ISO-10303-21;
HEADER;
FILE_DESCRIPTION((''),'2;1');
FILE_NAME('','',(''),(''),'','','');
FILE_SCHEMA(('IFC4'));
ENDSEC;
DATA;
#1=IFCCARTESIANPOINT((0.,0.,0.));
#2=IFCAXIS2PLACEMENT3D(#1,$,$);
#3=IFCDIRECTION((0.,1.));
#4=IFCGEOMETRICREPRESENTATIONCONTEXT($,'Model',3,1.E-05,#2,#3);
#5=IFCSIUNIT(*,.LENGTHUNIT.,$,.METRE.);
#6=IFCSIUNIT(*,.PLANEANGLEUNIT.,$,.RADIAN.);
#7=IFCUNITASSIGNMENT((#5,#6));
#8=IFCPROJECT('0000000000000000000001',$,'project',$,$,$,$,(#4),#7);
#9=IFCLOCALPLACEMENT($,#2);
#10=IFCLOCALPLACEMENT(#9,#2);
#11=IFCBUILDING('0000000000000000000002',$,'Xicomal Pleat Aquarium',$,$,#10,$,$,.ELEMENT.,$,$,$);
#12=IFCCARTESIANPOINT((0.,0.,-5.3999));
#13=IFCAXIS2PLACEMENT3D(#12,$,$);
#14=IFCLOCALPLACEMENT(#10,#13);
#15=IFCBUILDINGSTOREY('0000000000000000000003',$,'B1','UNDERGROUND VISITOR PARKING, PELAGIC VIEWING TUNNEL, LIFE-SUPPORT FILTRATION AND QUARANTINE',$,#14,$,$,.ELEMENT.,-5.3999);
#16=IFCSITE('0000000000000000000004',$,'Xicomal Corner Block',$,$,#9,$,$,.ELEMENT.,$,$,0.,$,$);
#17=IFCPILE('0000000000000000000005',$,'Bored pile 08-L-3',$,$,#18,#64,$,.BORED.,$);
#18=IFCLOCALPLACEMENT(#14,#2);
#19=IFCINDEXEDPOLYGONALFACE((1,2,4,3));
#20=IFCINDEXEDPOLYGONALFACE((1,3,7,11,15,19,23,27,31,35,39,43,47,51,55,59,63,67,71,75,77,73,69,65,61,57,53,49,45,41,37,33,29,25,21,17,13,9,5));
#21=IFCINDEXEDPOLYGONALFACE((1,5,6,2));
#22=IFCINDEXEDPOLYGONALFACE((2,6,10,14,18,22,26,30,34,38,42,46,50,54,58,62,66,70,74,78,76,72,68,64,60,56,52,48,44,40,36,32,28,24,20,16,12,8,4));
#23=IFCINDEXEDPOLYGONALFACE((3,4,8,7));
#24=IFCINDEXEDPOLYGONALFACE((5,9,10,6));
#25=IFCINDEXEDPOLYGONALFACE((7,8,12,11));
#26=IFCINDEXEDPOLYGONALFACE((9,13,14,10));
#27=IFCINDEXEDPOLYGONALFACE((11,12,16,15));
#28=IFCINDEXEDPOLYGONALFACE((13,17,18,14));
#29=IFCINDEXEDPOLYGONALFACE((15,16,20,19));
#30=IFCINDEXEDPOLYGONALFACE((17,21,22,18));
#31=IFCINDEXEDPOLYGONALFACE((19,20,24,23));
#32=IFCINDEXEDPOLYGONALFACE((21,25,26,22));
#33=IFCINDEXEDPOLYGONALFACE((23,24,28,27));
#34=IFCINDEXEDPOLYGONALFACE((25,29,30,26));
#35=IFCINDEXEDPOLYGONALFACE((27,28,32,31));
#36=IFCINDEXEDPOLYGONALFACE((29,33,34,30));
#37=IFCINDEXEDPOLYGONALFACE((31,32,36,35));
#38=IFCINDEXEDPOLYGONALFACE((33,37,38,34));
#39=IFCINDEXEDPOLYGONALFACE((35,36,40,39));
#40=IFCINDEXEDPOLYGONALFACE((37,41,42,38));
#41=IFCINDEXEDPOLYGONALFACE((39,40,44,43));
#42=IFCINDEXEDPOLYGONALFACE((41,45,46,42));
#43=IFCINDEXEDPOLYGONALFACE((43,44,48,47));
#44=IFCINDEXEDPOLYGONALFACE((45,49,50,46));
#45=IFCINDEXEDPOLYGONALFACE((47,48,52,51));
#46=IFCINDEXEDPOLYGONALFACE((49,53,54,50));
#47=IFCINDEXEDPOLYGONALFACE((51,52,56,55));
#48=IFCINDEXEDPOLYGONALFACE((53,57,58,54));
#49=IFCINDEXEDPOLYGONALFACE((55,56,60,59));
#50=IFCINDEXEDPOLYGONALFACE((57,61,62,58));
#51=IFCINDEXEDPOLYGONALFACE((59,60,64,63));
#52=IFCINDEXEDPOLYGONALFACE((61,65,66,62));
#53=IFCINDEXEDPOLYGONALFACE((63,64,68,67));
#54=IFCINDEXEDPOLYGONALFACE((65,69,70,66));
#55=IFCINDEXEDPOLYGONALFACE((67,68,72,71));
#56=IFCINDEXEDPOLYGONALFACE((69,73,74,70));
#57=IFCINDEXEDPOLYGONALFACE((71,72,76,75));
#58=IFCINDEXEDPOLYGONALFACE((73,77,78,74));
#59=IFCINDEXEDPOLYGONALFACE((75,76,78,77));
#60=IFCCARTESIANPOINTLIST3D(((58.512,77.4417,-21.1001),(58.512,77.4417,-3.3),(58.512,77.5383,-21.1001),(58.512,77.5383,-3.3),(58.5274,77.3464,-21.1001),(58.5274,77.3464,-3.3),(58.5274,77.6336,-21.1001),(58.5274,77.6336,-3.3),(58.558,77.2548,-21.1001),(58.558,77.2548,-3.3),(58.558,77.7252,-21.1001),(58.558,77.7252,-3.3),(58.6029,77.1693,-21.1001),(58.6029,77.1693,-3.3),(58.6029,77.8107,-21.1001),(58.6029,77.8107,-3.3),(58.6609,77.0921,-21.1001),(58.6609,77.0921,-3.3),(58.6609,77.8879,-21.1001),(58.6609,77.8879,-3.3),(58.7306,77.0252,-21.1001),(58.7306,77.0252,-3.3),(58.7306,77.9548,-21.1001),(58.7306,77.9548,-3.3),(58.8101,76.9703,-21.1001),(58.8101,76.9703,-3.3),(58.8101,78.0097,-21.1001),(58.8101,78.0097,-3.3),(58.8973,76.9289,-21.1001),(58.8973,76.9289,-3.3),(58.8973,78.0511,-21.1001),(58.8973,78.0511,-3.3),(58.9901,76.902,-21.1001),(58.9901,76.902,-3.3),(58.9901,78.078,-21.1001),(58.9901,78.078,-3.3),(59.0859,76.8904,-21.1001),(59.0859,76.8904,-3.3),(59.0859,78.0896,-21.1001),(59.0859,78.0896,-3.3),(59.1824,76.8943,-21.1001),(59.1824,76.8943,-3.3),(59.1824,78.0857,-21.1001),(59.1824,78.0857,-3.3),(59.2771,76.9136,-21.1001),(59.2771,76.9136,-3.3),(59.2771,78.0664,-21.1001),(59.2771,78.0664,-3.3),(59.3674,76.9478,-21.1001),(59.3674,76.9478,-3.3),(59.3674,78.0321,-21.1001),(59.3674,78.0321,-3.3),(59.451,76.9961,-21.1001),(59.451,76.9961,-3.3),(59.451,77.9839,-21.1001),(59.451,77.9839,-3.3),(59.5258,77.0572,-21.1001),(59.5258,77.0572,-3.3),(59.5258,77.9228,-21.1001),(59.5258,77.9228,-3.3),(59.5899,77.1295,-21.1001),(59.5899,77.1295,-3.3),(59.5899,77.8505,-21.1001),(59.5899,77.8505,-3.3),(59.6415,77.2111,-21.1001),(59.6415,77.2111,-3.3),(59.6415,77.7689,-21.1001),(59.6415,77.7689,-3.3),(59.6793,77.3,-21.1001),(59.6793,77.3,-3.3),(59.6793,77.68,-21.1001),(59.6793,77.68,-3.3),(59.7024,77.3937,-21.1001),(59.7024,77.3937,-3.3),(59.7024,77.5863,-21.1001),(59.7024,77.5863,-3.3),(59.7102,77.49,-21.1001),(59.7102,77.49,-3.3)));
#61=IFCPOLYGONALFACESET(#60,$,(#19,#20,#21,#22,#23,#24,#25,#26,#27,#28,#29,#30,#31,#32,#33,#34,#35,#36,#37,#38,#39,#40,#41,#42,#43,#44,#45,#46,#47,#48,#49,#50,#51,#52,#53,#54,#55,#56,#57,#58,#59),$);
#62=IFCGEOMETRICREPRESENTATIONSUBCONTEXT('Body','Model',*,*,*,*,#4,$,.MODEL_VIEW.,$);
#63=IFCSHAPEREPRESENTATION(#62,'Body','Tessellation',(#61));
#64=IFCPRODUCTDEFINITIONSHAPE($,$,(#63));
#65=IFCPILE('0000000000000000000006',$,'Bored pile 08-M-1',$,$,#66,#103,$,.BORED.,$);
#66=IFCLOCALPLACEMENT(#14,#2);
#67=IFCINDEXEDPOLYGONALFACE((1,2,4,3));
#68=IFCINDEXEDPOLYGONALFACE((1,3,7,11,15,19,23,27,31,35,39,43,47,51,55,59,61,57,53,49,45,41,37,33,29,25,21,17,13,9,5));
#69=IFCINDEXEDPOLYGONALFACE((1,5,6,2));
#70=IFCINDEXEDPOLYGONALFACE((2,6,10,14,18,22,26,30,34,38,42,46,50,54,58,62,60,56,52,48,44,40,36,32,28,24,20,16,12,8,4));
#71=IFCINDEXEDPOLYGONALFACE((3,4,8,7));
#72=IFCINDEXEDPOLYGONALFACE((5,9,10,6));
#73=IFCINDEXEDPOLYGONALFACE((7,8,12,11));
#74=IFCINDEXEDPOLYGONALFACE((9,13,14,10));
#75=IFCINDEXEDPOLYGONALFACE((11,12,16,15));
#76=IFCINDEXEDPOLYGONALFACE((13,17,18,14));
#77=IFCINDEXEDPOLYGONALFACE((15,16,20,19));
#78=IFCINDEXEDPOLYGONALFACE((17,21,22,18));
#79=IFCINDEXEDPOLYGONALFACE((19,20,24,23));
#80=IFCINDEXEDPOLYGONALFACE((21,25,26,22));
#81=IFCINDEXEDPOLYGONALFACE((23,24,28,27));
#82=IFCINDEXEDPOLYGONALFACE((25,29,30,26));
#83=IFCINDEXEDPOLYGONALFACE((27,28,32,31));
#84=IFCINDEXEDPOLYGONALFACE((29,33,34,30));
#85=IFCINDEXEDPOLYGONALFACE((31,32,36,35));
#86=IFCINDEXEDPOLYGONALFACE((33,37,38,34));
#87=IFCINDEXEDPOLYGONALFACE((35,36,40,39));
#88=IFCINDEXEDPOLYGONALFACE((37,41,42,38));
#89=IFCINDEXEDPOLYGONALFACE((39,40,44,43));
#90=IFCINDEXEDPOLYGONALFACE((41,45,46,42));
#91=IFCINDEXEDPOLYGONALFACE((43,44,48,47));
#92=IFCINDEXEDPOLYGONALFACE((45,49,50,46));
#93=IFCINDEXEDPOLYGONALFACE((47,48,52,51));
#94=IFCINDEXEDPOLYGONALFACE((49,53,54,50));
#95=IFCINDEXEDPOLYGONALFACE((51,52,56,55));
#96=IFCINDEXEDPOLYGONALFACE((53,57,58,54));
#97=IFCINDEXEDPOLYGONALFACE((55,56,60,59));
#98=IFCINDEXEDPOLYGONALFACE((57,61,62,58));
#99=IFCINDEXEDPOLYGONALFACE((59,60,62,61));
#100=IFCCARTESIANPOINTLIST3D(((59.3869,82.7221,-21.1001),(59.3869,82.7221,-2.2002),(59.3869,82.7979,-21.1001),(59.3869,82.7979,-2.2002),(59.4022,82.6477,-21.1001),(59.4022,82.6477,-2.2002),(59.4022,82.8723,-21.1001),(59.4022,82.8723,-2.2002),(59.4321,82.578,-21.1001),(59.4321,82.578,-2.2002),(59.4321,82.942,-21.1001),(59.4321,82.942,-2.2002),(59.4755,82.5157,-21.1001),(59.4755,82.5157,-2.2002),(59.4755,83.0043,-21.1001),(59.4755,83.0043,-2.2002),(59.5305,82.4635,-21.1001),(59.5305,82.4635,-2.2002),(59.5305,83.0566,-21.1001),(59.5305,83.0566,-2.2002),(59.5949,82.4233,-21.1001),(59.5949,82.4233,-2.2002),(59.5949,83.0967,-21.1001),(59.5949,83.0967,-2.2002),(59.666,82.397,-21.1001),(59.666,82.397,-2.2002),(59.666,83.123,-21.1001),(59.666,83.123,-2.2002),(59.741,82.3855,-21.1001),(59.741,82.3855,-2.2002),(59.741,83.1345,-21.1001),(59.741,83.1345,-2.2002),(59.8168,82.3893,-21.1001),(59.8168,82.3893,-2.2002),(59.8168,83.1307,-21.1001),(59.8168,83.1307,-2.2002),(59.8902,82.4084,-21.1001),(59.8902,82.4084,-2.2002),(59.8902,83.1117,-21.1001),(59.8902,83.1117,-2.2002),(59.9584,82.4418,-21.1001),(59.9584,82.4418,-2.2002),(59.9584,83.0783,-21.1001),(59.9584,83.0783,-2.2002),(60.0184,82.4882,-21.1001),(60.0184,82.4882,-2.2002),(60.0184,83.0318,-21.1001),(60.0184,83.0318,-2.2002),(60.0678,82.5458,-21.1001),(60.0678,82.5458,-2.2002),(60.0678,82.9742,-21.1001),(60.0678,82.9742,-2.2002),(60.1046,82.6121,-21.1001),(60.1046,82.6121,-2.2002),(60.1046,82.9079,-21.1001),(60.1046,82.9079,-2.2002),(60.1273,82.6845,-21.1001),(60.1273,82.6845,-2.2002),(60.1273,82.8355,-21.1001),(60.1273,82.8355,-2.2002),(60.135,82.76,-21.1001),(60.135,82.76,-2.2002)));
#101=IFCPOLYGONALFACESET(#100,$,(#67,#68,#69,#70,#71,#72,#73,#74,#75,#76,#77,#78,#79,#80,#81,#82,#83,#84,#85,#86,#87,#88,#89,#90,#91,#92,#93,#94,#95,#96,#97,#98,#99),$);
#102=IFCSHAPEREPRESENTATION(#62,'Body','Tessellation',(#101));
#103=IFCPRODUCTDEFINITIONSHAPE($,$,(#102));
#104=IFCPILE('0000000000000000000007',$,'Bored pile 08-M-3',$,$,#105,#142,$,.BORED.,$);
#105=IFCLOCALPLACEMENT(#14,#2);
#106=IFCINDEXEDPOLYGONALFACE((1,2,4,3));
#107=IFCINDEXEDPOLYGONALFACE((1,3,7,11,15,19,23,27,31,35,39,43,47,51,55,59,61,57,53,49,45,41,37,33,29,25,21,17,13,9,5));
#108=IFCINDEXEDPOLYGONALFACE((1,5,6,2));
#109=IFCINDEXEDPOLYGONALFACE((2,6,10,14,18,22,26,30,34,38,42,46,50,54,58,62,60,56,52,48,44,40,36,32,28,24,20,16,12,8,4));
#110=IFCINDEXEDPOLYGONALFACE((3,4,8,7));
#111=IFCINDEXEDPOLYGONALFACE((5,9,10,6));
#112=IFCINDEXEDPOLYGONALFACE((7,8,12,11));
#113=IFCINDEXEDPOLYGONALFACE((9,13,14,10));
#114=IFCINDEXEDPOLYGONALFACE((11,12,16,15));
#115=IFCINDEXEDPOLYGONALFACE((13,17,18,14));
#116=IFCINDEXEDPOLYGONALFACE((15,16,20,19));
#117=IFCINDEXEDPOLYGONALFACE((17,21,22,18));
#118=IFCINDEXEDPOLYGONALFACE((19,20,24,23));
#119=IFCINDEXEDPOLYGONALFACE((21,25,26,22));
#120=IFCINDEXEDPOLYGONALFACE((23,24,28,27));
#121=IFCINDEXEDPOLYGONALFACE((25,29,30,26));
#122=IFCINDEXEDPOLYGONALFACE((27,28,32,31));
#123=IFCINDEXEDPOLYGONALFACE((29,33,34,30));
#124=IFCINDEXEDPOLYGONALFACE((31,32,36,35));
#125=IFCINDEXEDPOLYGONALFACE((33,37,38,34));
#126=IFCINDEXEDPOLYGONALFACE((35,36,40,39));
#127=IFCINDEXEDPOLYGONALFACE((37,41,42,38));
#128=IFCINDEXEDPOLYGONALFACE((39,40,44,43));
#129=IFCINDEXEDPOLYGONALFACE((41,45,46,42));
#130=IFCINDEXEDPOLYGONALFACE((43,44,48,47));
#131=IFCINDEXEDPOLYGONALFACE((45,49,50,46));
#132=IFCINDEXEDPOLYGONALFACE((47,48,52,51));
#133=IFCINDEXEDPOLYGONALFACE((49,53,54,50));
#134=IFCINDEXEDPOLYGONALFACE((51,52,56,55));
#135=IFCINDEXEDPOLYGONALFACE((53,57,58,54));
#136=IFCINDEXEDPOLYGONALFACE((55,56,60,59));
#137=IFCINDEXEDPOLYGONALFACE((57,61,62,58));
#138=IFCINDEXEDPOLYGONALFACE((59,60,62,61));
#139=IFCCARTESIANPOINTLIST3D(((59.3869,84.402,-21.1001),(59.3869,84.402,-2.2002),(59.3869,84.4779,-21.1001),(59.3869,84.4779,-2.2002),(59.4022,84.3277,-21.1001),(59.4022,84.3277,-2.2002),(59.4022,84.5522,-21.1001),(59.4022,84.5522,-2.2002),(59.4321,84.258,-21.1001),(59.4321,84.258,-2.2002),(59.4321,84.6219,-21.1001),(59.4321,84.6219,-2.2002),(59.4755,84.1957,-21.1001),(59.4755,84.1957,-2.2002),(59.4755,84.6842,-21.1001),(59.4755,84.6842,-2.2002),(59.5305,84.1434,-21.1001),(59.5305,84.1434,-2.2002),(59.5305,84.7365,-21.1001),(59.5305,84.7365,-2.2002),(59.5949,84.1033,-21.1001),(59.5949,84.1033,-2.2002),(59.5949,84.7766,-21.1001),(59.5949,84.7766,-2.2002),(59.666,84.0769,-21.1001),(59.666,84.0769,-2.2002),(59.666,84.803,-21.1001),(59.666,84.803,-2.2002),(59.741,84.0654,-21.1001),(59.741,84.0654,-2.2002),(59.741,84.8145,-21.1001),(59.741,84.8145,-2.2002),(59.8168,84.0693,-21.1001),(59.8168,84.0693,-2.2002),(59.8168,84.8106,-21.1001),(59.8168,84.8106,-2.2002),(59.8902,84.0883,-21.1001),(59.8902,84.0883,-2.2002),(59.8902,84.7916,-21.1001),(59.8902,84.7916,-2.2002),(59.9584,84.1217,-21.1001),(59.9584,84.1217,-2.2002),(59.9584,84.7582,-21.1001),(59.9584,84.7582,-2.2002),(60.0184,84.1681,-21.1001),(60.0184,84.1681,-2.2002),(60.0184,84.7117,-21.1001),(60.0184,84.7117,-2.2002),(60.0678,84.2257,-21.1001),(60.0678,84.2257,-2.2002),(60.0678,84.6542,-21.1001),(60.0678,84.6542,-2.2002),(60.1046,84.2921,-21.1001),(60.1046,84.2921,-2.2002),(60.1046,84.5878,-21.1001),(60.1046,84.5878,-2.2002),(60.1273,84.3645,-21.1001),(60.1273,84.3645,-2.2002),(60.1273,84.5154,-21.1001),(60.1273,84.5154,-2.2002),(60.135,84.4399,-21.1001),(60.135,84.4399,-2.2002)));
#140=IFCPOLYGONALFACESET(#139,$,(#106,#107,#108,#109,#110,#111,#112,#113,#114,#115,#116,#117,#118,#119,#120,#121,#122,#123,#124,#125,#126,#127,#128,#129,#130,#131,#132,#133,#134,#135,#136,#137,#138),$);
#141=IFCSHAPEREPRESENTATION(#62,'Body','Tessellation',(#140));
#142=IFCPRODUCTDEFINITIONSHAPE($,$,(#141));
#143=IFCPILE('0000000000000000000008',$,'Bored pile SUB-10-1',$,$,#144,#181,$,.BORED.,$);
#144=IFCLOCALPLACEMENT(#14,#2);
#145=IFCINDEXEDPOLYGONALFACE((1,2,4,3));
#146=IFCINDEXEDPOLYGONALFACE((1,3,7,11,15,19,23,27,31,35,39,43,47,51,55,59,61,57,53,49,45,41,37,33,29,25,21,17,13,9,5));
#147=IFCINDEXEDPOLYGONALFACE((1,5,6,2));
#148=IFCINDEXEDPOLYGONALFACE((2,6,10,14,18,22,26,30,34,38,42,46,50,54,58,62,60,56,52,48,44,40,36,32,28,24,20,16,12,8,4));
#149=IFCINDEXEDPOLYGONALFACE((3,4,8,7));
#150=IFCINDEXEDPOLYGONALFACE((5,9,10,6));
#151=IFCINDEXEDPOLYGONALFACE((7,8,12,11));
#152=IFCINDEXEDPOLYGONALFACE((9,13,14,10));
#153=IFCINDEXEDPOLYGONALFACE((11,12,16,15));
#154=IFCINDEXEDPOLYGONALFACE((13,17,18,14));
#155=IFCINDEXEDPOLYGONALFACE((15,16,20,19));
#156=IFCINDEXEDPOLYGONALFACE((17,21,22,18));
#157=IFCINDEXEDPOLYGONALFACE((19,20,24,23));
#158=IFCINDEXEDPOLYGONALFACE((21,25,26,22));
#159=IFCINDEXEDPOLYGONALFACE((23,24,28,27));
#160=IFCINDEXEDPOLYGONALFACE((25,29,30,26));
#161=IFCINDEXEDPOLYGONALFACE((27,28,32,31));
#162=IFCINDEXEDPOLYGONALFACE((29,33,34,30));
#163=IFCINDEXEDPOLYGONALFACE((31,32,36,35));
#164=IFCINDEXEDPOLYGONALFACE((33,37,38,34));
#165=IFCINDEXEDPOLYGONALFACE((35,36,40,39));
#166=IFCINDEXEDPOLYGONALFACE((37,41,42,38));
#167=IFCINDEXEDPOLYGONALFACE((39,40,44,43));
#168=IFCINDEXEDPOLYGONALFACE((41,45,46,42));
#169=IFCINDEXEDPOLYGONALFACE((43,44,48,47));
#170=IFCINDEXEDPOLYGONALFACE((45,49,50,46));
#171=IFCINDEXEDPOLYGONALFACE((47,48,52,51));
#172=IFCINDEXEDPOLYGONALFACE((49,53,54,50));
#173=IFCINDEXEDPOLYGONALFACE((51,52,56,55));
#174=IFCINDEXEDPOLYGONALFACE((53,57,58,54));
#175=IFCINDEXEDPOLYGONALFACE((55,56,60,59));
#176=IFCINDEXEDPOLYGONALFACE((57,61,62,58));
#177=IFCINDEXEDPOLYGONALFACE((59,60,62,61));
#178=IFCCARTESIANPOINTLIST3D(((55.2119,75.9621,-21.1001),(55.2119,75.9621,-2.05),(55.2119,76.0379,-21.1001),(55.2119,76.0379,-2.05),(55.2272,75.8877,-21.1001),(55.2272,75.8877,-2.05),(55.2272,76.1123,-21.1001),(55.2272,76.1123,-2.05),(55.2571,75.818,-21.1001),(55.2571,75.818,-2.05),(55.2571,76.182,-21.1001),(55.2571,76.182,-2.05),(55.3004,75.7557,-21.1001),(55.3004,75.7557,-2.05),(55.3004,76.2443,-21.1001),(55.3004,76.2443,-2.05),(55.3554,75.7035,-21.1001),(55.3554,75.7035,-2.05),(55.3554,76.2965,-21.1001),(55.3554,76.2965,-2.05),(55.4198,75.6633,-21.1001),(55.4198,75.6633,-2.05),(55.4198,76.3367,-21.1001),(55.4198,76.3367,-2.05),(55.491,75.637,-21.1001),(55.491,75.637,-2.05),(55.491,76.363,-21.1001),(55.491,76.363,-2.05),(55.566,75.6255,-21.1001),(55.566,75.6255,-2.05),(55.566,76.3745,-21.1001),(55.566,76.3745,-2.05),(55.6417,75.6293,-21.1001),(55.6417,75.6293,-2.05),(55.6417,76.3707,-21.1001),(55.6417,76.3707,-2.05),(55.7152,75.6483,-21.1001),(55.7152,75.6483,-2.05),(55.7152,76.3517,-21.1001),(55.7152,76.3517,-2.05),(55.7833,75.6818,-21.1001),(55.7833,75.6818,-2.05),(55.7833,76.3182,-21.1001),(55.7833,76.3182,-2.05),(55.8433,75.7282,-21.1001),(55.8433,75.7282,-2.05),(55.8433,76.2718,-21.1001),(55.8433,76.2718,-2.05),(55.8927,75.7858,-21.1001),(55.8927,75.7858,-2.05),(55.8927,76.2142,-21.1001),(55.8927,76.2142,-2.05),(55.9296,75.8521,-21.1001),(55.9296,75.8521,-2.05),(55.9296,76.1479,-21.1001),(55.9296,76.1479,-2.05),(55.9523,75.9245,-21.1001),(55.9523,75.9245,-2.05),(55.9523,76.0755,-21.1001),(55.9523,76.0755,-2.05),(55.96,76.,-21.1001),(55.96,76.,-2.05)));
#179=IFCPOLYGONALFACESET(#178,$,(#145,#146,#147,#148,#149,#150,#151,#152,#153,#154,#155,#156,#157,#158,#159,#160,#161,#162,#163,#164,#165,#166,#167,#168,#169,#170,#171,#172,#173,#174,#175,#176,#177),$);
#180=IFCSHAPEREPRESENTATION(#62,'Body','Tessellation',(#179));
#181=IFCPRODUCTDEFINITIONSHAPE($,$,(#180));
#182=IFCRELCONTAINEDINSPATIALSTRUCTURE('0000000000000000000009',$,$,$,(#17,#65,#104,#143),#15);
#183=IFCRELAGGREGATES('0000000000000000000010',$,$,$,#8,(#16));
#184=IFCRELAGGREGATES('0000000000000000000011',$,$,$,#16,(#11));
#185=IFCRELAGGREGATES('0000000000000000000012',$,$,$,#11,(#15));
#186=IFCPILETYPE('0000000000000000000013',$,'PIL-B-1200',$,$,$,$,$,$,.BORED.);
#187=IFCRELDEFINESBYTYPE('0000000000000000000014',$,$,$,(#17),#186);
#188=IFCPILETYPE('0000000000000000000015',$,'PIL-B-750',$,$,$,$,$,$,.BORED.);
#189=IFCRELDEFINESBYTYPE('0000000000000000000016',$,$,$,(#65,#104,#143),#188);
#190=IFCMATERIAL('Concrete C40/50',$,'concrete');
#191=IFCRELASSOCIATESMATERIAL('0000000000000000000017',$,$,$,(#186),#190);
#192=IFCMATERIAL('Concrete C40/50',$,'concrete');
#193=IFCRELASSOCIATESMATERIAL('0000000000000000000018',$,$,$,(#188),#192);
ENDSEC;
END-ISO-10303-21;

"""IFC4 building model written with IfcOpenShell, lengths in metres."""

from ifc_helpers import new_model, si_unit, direction, frame, origin, origin_2d, place, context, subcontext, project, spatial, circle, extrude, material, material_profile, profile_set, type_object, element, save


model = new_model("IFC4")

# Units and contexts
model_context = context("Model", 3, precision=1e-05, world=origin(), true_north=direction((0.0, 1.0)))
body_context = subcontext(model_context, "Body", "Model", "MODEL_VIEW")
ifc_project = project(units=[si_unit("LENGTHUNIT", "METRE"), si_unit("PLANEANGLEUNIT", "RADIAN")], contexts=[model_context])

# Site, building, storey
site_placement = place(None, origin())
site = spatial("IfcSite", under=ifc_project, at=site_placement, Name="Xicomal Corner Block", CompositionType="ELEMENT", RefElevation=0.0)
building_placement = place(site_placement, origin())
building = spatial("IfcBuilding", under=site, at=building_placement, Name="Xicomal Pleat Aquarium", CompositionType="ELEMENT")
storey_placement = place(building_placement, frame((0.0, 0.0, -5.3999)))
storey = spatial("IfcBuildingStorey", under=building, at=storey_placement, Name="B1", Description="UNDERGROUND VISITOR PARKING, PELAGIC VIEWING TUNNEL, LIFE-SUPPORT FILTRATION AND QUARANTINE", CompositionType="ELEMENT", Elevation=-5.3999)

# Piles
ifc_material_1 = material(Name="Concrete C40/50", Category="concrete")
ifc_material_profile_1 = material_profile(ifc_material_1, circle(Radius=0.6001, at=origin_2d()), Name="BORED PILE D1200")
ifc_profile_set_1 = profile_set([ifc_material_profile_1], Name="Concrete C40/50")
pile_type_1 = type_object("IfcPileType", Name="PIL-B-1200", PredefinedType="BORED", material=ifc_profile_set_1)
for number, where, z_axis, x_axis, name in (
    (1, (59.1101, 77.49, -3.3), (0.0, 0.0, -1.0), (1.0, 0.0, 0.0), "Bored pile 08-L-3"),
):
    element("IfcPile", number, at=place(storey_placement, frame(where, z_axis=z_axis, x_axis=x_axis)), inside=storey, type_object=pile_type_1, Name=name, PredefinedType="BORED", context=body_context, shape_type="SweptSolid", body=[
        extrude(circle(Radius=0.6001, at=origin_2d()), origin(), (0.0, 0.0, 1.0), 17.8),
    ])
ifc_material_2 = material(Name="Concrete C40/50", Category="concrete")
ifc_material_profile_2 = material_profile(ifc_material_2, circle(Radius=0.375, at=origin_2d()), Name="BORED PILE D750")
ifc_profile_set_2 = profile_set([ifc_material_profile_2], Name="Concrete C40/50")
pile_type_2 = type_object("IfcPileType", Name="PIL-B-750", PredefinedType="BORED", material=ifc_profile_set_2)
for number, where, z_axis, x_axis, name in (
    (2, (59.76, 82.76, -2.2002), (0.0, 0.0, -1.0), (1.0, 0.0, 0.0), "Bored pile 08-M-1"),
    (3, (59.76, 84.4399, -2.2002), (0.0, 0.0, -1.0), (1.0, 0.0, 0.0), "Bored pile 08-M-3"),
):
    element("IfcPile", number, at=place(storey_placement, frame(where, z_axis=z_axis, x_axis=x_axis)), inside=storey, type_object=pile_type_2, Name=name, PredefinedType="BORED", context=body_context, shape_type="SweptSolid", body=[
        extrude(circle(Radius=0.375, at=origin_2d()), origin(), (0.0, 0.0, 1.0), 18.8999),
    ])
for number, where, z_axis, x_axis, name in (
    (4, (55.585, 76.0, -2.05), (0.0, 0.0, -1.0), (1.0, 0.0, 0.0), "Bored pile SUB-10-1"),
):
    element("IfcPile", number, at=place(storey_placement, frame(where, z_axis=z_axis, x_axis=x_axis)), inside=storey, type_object=pile_type_2, Name=name, PredefinedType="BORED", context=body_context, shape_type="SweptSolid", body=[
        extrude(circle(Radius=0.375, at=origin_2d()), origin(), (0.0, 0.0, 1.0), 19.05),
    ])

save(model, "model.ifc")
